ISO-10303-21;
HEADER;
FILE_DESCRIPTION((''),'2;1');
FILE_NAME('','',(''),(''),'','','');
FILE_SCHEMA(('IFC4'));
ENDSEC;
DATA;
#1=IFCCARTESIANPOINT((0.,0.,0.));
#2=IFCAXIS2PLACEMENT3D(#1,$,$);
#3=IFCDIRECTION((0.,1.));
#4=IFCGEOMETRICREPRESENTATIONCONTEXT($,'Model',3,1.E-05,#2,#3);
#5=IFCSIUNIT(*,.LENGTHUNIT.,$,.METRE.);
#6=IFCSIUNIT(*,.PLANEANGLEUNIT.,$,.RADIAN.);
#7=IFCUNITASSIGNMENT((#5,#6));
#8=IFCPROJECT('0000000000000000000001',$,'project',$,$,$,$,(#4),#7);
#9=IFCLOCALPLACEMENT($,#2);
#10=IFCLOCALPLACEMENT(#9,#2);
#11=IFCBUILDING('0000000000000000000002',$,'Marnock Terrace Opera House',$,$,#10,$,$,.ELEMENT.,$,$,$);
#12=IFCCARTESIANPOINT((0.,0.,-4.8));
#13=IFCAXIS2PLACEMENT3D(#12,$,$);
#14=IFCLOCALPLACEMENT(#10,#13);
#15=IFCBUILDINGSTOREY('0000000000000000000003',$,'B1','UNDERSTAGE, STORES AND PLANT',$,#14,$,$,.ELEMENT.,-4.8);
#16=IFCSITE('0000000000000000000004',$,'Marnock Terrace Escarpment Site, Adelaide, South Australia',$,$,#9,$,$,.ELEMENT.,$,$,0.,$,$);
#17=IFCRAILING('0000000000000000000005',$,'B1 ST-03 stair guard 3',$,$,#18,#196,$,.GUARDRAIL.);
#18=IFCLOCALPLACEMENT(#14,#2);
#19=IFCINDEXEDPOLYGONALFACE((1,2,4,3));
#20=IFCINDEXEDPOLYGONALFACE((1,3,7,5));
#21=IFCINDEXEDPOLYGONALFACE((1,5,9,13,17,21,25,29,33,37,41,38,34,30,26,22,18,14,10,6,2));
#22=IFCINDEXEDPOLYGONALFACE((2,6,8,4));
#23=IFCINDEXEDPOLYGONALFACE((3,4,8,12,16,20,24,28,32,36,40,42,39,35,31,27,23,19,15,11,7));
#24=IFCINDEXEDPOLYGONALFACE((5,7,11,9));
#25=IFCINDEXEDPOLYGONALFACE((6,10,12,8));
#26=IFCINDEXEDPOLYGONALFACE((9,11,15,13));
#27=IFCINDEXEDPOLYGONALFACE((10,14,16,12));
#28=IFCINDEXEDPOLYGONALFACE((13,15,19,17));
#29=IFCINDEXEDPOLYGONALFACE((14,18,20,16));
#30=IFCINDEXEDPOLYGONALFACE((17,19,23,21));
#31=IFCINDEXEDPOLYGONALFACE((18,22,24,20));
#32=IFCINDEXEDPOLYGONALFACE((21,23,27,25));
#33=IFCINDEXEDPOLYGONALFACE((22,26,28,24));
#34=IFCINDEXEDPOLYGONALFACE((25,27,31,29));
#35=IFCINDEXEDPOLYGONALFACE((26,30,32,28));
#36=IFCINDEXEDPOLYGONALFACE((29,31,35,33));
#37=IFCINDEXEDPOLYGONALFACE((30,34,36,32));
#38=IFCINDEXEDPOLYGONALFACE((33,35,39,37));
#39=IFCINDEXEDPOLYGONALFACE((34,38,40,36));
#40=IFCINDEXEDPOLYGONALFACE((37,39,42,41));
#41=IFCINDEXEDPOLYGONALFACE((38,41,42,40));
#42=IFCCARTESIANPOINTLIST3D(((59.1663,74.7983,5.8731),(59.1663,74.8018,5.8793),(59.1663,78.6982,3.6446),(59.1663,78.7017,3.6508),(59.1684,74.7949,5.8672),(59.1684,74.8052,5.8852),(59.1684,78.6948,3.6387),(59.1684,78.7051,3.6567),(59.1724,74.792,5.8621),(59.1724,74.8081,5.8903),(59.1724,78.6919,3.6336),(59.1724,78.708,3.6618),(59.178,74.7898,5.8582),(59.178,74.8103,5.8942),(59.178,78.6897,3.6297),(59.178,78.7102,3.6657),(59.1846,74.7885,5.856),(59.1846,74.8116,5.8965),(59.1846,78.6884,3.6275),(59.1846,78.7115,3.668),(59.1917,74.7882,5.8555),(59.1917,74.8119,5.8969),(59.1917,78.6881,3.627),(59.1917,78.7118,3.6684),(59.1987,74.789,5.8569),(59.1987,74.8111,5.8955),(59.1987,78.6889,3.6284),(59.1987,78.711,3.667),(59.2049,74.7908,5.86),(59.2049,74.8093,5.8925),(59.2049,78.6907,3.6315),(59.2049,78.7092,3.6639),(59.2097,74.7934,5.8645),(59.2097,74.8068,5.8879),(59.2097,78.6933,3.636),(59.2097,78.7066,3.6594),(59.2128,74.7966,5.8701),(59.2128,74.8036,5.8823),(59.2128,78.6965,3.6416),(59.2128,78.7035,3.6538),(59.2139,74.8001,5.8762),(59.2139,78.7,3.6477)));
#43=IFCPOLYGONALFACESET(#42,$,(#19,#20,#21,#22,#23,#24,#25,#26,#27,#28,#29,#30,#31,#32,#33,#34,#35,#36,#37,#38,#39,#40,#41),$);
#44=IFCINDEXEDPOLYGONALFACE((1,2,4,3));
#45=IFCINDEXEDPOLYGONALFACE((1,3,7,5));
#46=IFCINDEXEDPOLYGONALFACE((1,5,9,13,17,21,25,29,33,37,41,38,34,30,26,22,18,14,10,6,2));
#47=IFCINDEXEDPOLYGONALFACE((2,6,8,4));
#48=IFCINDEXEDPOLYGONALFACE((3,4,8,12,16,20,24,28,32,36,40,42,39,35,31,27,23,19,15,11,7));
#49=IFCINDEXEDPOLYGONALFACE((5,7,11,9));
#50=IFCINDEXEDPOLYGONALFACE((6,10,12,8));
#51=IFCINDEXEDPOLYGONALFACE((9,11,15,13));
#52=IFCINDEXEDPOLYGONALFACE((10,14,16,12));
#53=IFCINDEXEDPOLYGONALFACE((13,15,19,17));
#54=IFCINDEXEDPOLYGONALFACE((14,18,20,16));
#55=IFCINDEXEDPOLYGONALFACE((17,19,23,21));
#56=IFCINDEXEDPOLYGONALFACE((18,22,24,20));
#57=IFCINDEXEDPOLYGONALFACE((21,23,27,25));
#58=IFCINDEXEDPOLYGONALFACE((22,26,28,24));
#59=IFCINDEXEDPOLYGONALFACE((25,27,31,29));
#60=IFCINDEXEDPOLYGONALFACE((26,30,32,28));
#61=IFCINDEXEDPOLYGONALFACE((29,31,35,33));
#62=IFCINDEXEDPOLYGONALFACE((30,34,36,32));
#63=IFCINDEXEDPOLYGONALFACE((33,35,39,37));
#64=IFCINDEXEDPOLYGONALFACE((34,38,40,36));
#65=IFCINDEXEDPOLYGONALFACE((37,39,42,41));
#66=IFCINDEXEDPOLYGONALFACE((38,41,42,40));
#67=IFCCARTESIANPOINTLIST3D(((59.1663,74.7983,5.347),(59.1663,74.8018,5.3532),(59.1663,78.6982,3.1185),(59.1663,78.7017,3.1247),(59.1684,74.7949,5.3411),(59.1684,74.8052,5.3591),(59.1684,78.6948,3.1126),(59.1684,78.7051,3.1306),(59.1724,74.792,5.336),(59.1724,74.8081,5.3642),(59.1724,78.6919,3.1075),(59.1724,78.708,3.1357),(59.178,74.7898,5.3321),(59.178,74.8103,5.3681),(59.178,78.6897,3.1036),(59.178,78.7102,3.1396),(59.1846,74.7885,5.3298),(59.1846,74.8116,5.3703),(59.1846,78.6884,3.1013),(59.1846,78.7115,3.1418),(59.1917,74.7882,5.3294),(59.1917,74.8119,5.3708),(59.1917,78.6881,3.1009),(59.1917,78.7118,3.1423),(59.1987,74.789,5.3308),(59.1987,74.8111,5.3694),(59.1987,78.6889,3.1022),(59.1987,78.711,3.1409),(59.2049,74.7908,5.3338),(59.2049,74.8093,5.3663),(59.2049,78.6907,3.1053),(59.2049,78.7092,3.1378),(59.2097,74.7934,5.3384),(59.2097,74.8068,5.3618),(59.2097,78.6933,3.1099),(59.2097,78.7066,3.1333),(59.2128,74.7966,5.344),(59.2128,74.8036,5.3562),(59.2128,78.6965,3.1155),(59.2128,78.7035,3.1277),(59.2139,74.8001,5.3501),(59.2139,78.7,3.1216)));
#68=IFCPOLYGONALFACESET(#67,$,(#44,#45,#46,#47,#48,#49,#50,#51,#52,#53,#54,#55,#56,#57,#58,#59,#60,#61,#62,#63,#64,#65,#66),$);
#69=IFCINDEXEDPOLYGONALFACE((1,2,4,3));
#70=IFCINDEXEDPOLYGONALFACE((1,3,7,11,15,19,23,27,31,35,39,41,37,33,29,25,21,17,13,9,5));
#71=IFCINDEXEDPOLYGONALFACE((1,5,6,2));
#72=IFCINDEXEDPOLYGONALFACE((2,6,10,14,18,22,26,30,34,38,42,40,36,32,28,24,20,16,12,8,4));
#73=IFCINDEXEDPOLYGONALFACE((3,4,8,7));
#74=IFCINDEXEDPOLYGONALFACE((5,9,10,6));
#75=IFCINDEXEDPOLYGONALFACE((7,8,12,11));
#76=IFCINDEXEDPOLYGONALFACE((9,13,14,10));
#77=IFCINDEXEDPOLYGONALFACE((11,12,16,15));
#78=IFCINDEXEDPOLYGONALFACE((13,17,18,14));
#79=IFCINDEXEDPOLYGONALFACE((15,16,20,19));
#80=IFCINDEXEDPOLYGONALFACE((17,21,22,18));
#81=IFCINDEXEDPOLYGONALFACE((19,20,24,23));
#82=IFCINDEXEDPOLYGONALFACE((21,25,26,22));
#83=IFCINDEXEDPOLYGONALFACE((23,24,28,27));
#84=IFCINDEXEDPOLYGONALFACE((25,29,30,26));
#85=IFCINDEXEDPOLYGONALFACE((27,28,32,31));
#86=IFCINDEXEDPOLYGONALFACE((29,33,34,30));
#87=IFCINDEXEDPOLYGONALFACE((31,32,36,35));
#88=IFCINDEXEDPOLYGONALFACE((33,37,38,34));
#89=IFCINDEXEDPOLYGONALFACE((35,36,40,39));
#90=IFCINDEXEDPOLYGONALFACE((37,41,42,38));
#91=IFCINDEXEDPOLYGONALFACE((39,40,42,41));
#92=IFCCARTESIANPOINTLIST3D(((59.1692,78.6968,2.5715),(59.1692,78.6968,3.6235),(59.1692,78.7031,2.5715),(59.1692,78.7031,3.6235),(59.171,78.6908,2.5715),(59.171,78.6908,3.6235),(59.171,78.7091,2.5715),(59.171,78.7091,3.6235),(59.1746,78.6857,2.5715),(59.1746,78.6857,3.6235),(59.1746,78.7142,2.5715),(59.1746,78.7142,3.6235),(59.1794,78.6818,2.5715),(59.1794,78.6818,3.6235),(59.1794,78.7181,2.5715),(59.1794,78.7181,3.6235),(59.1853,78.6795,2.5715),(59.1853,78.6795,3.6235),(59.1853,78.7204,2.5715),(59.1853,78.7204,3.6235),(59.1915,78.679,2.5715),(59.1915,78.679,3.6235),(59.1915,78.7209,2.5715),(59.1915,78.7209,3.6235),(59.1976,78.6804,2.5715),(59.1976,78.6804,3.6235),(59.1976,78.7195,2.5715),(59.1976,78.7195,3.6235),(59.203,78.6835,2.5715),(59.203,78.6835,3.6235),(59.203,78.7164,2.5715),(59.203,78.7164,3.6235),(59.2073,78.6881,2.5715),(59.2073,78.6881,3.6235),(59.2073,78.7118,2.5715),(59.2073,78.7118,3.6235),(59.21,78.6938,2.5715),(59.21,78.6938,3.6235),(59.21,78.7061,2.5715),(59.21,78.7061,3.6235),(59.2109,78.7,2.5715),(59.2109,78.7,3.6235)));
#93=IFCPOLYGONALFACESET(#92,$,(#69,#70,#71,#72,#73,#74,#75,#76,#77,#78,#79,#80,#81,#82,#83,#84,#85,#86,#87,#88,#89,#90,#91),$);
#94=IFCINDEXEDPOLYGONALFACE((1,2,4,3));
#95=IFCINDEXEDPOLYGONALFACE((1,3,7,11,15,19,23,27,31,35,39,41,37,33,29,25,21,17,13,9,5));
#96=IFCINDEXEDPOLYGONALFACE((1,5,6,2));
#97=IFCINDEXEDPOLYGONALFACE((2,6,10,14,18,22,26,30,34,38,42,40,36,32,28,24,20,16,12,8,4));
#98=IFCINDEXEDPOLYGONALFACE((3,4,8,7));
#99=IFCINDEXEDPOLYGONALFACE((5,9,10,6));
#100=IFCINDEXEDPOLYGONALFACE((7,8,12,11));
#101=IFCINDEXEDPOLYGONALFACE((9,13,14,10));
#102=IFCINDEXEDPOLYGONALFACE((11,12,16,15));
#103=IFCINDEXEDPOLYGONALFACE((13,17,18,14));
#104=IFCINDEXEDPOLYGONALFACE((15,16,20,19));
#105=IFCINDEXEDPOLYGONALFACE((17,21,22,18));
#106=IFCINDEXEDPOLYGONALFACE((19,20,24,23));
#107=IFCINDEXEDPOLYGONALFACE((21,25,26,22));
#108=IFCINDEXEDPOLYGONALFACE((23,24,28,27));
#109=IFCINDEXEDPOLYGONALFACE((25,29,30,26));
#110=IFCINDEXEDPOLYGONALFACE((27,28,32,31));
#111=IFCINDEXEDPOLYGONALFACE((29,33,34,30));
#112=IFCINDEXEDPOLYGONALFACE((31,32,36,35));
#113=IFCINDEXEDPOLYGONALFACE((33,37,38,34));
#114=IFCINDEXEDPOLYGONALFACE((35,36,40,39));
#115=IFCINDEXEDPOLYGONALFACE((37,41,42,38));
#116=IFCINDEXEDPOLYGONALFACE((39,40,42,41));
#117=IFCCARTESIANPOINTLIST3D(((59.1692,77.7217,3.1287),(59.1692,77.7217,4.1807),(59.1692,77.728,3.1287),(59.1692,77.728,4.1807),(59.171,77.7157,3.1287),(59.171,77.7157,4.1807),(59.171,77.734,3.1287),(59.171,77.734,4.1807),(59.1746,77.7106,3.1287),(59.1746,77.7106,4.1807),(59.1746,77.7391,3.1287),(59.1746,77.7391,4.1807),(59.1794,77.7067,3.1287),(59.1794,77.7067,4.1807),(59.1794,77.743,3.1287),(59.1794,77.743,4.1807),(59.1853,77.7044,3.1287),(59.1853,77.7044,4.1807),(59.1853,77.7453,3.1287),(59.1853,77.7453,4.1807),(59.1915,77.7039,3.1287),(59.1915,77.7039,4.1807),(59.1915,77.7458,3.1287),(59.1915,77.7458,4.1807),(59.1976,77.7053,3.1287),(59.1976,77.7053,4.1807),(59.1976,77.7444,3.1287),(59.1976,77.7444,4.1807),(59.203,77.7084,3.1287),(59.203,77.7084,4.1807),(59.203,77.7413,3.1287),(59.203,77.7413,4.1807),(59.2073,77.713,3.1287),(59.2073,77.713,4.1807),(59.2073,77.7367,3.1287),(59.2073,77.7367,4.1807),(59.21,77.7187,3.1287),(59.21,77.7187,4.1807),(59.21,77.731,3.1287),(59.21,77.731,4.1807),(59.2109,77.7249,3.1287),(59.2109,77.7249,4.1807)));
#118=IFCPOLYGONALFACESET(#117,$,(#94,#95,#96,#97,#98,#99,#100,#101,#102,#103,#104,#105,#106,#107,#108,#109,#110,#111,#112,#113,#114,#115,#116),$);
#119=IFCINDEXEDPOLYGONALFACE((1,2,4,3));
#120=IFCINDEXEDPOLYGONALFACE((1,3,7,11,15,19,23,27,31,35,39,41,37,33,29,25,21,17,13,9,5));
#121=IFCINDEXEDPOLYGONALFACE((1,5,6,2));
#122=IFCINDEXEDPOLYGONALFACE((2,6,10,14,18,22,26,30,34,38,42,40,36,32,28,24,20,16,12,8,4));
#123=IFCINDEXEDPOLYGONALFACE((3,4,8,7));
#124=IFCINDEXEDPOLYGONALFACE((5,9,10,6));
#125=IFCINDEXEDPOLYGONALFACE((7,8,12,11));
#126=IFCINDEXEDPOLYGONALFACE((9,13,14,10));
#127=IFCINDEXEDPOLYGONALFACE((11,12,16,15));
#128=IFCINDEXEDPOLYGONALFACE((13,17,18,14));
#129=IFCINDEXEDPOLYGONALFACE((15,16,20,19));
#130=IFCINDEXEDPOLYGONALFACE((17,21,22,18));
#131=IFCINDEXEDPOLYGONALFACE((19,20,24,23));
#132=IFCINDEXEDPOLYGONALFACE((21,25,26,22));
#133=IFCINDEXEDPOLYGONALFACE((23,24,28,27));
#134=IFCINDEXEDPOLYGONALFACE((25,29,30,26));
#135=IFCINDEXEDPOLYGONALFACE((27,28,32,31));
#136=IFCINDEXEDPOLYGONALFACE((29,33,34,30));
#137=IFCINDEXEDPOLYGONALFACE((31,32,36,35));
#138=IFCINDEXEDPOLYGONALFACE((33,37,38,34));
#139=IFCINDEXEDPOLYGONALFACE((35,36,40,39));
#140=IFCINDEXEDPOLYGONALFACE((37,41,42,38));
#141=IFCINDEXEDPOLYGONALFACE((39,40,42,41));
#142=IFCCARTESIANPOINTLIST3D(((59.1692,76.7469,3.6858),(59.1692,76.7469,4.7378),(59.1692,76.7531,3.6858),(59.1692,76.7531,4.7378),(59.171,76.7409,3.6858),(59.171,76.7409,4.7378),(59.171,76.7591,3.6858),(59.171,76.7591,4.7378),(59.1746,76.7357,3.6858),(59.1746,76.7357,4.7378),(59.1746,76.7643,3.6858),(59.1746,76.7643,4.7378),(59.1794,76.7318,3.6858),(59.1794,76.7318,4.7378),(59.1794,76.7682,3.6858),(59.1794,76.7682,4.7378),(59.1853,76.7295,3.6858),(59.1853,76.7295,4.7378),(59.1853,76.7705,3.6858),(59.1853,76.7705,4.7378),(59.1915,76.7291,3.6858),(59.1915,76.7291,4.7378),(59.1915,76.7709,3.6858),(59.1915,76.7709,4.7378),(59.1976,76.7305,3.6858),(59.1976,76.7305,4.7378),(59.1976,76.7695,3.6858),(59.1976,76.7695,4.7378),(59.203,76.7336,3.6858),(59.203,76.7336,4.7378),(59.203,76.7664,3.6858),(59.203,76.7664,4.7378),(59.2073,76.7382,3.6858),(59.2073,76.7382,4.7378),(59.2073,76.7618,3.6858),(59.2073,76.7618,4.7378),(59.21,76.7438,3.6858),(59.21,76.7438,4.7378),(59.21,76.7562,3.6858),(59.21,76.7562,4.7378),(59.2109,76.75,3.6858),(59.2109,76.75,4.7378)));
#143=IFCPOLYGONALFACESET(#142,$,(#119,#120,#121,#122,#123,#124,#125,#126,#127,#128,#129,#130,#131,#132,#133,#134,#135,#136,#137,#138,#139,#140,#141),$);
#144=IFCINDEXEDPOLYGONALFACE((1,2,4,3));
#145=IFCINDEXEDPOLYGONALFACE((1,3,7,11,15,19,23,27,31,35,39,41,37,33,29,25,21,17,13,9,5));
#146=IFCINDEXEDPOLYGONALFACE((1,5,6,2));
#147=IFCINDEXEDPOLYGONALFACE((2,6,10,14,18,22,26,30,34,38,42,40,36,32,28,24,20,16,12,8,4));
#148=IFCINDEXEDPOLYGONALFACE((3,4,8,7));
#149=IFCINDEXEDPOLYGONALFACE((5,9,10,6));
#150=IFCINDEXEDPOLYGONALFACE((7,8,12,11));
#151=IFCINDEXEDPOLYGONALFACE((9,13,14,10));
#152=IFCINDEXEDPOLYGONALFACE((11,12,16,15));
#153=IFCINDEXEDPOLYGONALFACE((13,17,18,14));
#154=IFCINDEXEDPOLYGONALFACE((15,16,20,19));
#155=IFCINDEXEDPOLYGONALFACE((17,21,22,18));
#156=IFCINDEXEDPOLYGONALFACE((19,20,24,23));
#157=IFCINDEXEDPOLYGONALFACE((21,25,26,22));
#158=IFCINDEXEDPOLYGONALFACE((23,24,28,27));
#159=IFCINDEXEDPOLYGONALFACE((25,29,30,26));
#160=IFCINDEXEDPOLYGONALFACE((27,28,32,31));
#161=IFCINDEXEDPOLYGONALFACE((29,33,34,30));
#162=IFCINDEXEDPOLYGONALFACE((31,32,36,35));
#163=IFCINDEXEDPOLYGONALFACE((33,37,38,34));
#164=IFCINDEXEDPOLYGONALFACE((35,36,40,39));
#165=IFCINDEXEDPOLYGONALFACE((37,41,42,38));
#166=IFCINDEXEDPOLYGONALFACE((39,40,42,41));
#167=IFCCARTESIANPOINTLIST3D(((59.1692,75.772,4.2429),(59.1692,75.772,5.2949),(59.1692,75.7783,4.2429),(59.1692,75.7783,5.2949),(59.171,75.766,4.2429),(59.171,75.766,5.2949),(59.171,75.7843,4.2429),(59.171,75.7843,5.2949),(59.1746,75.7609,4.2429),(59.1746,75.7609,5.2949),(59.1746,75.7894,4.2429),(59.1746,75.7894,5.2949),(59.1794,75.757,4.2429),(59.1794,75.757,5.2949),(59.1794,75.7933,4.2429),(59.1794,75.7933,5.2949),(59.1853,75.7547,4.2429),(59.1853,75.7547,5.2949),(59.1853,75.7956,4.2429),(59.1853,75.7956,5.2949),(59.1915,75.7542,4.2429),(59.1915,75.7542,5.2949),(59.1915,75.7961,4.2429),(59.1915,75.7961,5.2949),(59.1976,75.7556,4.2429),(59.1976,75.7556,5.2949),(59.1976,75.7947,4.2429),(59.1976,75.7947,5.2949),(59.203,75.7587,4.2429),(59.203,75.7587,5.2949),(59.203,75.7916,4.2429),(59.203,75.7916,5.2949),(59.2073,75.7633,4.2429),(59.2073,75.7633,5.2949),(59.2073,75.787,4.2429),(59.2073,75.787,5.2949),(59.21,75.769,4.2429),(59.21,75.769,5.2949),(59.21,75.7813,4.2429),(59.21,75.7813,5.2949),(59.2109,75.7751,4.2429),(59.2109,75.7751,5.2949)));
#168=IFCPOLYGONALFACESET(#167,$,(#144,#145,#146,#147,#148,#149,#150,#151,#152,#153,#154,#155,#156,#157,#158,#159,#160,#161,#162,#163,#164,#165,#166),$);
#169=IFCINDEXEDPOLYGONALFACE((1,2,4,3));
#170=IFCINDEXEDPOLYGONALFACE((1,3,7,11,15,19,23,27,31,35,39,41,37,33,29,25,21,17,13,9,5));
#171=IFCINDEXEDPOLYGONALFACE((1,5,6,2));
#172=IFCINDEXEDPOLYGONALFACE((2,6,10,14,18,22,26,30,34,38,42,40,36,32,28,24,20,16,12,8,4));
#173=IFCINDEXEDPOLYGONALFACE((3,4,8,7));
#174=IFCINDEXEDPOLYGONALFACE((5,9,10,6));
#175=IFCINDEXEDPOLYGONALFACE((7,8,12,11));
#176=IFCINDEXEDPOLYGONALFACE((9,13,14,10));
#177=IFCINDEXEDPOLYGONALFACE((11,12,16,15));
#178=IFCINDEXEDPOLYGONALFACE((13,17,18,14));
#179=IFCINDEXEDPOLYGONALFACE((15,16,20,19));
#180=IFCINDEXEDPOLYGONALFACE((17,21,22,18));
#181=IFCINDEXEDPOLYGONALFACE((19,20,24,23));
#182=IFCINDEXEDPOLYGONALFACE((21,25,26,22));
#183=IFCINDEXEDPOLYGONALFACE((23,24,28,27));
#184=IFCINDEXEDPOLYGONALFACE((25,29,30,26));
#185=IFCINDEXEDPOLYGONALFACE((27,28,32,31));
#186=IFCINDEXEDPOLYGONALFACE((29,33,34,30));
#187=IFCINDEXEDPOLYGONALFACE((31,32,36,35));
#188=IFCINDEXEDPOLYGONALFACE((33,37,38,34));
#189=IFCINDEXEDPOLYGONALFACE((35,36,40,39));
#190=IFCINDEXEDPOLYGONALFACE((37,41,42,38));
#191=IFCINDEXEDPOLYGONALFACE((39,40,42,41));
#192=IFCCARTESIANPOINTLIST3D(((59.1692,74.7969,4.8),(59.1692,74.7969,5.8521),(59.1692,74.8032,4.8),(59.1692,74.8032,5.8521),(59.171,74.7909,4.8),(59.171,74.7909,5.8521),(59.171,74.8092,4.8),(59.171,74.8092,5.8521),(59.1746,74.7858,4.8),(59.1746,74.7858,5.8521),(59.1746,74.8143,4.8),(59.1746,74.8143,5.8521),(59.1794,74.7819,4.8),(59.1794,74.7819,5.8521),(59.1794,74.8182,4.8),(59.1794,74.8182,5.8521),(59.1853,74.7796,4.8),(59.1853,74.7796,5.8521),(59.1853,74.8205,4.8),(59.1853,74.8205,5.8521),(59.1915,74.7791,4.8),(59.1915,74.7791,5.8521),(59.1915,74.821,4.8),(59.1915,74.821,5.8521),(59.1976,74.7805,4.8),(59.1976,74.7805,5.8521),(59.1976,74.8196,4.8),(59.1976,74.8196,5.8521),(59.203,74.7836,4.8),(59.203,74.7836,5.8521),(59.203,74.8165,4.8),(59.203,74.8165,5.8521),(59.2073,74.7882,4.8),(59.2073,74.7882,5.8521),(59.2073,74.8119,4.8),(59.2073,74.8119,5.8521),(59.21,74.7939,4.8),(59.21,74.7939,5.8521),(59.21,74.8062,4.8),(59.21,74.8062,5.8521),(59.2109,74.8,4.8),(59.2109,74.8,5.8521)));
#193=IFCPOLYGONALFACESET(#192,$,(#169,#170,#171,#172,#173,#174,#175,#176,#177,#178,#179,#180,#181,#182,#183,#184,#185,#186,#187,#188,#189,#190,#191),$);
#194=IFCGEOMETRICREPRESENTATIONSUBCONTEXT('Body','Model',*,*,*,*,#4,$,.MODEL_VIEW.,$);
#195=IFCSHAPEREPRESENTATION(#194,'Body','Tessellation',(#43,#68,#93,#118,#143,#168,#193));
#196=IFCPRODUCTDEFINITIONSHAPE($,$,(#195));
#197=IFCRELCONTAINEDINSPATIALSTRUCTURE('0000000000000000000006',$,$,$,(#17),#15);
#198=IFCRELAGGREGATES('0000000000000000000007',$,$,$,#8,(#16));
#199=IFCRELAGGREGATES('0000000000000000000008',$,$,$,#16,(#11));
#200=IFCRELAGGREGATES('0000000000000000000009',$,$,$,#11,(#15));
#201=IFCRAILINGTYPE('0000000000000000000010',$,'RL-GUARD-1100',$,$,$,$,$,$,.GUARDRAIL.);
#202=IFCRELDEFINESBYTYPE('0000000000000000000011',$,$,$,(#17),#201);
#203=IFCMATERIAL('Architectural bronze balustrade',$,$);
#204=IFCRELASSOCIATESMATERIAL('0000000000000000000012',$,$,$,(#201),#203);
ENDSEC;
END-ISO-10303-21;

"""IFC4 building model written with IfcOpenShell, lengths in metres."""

from ifc_helpers import new_model, si_unit, direction, frame, origin, origin_2d, place, context, subcontext, project, spatial, circle, extrude, material, type_object, element, save


model = new_model("IFC4")

# Units and contexts
model_context = context("Model", 3, precision=1e-05, world=origin(), true_north=direction((0.0, 1.0)))
body_context = subcontext(model_context, "Body", "Model", "MODEL_VIEW")
ifc_project = project(units=[si_unit("LENGTHUNIT", "METRE"), si_unit("PLANEANGLEUNIT", "RADIAN")], contexts=[model_context])

# Site, building, storey
site_placement = place(None, origin())
site = spatial("IfcSite", under=ifc_project, at=site_placement, Name="Marnock Terrace Escarpment Site, Adelaide, South Australia", CompositionType="ELEMENT", RefElevation=0.0)
building_placement = place(site_placement, origin())
building = spatial("IfcBuilding", under=site, at=building_placement, Name="Marnock Terrace Opera House", CompositionType="ELEMENT")
storey_placement = place(building_placement, frame((0.0, 0.0, -4.8)))
storey = spatial("IfcBuildingStorey", under=building, at=storey_placement, Name="B1", Description="UNDERSTAGE, STORES AND PLANT", CompositionType="ELEMENT", Elevation=-4.8)

# Railing
ifc_material_1 = material(Name="Architectural bronze balustrade")
railing_type = type_object("IfcRailingType", Name="RL-GUARD-1100", PredefinedType="GUARDRAIL", material=ifc_material_1)
railing_1_placement = place(storey_placement, frame((59.1899, 78.7, 2.5715)))
element("IfcRailing", 1, at=railing_1_placement, inside=storey, type_object=railing_type, Name="B1 ST-03 stair guard 3", PredefinedType="GUARDRAIL", context=body_context, shape_type="SweptSolid", body=[
    extrude(circle(Radius=0.0239, at=origin_2d()), frame((0.0, 0.0, 1.0762), z_axis=(0.0, -0.868243, 0.496139), x_axis=(1.0, 0.0, 0.0)), (0.0, 0.0, 1.0), 4.4917),
    extrude(circle(Radius=0.0239, at=origin_2d()), frame((0.0, 0.0, 0.55), z_axis=(0.0, -0.868243, 0.496139), x_axis=(1.0, 0.0, 0.0)), (0.0, 0.0, 1.0), 4.4917),
    extrude(circle(Radius=0.021, at=origin_2d()), origin(), (0.0, 0.0, 1.0), 1.052),
    extrude(circle(Radius=0.021, at=origin_2d()), frame((0.0, -0.9751, 0.5571)), (0.0, 0.0, 1.0), 1.052),
    extrude(circle(Radius=0.021, at=origin_2d()), frame((0.0, -1.95, 1.1143)), (0.0, 0.0, 1.0), 1.052),
    extrude(circle(Radius=0.021, at=origin_2d()), frame((0.0, -2.9248, 1.6714)), (0.0, 0.0, 1.0), 1.052),
    extrude(circle(Radius=0.021, at=origin_2d()), frame((0.0, -3.8999, 2.2285)), (0.0, 0.0, 1.0), 1.052),
])

save(model, "model.ifc")
